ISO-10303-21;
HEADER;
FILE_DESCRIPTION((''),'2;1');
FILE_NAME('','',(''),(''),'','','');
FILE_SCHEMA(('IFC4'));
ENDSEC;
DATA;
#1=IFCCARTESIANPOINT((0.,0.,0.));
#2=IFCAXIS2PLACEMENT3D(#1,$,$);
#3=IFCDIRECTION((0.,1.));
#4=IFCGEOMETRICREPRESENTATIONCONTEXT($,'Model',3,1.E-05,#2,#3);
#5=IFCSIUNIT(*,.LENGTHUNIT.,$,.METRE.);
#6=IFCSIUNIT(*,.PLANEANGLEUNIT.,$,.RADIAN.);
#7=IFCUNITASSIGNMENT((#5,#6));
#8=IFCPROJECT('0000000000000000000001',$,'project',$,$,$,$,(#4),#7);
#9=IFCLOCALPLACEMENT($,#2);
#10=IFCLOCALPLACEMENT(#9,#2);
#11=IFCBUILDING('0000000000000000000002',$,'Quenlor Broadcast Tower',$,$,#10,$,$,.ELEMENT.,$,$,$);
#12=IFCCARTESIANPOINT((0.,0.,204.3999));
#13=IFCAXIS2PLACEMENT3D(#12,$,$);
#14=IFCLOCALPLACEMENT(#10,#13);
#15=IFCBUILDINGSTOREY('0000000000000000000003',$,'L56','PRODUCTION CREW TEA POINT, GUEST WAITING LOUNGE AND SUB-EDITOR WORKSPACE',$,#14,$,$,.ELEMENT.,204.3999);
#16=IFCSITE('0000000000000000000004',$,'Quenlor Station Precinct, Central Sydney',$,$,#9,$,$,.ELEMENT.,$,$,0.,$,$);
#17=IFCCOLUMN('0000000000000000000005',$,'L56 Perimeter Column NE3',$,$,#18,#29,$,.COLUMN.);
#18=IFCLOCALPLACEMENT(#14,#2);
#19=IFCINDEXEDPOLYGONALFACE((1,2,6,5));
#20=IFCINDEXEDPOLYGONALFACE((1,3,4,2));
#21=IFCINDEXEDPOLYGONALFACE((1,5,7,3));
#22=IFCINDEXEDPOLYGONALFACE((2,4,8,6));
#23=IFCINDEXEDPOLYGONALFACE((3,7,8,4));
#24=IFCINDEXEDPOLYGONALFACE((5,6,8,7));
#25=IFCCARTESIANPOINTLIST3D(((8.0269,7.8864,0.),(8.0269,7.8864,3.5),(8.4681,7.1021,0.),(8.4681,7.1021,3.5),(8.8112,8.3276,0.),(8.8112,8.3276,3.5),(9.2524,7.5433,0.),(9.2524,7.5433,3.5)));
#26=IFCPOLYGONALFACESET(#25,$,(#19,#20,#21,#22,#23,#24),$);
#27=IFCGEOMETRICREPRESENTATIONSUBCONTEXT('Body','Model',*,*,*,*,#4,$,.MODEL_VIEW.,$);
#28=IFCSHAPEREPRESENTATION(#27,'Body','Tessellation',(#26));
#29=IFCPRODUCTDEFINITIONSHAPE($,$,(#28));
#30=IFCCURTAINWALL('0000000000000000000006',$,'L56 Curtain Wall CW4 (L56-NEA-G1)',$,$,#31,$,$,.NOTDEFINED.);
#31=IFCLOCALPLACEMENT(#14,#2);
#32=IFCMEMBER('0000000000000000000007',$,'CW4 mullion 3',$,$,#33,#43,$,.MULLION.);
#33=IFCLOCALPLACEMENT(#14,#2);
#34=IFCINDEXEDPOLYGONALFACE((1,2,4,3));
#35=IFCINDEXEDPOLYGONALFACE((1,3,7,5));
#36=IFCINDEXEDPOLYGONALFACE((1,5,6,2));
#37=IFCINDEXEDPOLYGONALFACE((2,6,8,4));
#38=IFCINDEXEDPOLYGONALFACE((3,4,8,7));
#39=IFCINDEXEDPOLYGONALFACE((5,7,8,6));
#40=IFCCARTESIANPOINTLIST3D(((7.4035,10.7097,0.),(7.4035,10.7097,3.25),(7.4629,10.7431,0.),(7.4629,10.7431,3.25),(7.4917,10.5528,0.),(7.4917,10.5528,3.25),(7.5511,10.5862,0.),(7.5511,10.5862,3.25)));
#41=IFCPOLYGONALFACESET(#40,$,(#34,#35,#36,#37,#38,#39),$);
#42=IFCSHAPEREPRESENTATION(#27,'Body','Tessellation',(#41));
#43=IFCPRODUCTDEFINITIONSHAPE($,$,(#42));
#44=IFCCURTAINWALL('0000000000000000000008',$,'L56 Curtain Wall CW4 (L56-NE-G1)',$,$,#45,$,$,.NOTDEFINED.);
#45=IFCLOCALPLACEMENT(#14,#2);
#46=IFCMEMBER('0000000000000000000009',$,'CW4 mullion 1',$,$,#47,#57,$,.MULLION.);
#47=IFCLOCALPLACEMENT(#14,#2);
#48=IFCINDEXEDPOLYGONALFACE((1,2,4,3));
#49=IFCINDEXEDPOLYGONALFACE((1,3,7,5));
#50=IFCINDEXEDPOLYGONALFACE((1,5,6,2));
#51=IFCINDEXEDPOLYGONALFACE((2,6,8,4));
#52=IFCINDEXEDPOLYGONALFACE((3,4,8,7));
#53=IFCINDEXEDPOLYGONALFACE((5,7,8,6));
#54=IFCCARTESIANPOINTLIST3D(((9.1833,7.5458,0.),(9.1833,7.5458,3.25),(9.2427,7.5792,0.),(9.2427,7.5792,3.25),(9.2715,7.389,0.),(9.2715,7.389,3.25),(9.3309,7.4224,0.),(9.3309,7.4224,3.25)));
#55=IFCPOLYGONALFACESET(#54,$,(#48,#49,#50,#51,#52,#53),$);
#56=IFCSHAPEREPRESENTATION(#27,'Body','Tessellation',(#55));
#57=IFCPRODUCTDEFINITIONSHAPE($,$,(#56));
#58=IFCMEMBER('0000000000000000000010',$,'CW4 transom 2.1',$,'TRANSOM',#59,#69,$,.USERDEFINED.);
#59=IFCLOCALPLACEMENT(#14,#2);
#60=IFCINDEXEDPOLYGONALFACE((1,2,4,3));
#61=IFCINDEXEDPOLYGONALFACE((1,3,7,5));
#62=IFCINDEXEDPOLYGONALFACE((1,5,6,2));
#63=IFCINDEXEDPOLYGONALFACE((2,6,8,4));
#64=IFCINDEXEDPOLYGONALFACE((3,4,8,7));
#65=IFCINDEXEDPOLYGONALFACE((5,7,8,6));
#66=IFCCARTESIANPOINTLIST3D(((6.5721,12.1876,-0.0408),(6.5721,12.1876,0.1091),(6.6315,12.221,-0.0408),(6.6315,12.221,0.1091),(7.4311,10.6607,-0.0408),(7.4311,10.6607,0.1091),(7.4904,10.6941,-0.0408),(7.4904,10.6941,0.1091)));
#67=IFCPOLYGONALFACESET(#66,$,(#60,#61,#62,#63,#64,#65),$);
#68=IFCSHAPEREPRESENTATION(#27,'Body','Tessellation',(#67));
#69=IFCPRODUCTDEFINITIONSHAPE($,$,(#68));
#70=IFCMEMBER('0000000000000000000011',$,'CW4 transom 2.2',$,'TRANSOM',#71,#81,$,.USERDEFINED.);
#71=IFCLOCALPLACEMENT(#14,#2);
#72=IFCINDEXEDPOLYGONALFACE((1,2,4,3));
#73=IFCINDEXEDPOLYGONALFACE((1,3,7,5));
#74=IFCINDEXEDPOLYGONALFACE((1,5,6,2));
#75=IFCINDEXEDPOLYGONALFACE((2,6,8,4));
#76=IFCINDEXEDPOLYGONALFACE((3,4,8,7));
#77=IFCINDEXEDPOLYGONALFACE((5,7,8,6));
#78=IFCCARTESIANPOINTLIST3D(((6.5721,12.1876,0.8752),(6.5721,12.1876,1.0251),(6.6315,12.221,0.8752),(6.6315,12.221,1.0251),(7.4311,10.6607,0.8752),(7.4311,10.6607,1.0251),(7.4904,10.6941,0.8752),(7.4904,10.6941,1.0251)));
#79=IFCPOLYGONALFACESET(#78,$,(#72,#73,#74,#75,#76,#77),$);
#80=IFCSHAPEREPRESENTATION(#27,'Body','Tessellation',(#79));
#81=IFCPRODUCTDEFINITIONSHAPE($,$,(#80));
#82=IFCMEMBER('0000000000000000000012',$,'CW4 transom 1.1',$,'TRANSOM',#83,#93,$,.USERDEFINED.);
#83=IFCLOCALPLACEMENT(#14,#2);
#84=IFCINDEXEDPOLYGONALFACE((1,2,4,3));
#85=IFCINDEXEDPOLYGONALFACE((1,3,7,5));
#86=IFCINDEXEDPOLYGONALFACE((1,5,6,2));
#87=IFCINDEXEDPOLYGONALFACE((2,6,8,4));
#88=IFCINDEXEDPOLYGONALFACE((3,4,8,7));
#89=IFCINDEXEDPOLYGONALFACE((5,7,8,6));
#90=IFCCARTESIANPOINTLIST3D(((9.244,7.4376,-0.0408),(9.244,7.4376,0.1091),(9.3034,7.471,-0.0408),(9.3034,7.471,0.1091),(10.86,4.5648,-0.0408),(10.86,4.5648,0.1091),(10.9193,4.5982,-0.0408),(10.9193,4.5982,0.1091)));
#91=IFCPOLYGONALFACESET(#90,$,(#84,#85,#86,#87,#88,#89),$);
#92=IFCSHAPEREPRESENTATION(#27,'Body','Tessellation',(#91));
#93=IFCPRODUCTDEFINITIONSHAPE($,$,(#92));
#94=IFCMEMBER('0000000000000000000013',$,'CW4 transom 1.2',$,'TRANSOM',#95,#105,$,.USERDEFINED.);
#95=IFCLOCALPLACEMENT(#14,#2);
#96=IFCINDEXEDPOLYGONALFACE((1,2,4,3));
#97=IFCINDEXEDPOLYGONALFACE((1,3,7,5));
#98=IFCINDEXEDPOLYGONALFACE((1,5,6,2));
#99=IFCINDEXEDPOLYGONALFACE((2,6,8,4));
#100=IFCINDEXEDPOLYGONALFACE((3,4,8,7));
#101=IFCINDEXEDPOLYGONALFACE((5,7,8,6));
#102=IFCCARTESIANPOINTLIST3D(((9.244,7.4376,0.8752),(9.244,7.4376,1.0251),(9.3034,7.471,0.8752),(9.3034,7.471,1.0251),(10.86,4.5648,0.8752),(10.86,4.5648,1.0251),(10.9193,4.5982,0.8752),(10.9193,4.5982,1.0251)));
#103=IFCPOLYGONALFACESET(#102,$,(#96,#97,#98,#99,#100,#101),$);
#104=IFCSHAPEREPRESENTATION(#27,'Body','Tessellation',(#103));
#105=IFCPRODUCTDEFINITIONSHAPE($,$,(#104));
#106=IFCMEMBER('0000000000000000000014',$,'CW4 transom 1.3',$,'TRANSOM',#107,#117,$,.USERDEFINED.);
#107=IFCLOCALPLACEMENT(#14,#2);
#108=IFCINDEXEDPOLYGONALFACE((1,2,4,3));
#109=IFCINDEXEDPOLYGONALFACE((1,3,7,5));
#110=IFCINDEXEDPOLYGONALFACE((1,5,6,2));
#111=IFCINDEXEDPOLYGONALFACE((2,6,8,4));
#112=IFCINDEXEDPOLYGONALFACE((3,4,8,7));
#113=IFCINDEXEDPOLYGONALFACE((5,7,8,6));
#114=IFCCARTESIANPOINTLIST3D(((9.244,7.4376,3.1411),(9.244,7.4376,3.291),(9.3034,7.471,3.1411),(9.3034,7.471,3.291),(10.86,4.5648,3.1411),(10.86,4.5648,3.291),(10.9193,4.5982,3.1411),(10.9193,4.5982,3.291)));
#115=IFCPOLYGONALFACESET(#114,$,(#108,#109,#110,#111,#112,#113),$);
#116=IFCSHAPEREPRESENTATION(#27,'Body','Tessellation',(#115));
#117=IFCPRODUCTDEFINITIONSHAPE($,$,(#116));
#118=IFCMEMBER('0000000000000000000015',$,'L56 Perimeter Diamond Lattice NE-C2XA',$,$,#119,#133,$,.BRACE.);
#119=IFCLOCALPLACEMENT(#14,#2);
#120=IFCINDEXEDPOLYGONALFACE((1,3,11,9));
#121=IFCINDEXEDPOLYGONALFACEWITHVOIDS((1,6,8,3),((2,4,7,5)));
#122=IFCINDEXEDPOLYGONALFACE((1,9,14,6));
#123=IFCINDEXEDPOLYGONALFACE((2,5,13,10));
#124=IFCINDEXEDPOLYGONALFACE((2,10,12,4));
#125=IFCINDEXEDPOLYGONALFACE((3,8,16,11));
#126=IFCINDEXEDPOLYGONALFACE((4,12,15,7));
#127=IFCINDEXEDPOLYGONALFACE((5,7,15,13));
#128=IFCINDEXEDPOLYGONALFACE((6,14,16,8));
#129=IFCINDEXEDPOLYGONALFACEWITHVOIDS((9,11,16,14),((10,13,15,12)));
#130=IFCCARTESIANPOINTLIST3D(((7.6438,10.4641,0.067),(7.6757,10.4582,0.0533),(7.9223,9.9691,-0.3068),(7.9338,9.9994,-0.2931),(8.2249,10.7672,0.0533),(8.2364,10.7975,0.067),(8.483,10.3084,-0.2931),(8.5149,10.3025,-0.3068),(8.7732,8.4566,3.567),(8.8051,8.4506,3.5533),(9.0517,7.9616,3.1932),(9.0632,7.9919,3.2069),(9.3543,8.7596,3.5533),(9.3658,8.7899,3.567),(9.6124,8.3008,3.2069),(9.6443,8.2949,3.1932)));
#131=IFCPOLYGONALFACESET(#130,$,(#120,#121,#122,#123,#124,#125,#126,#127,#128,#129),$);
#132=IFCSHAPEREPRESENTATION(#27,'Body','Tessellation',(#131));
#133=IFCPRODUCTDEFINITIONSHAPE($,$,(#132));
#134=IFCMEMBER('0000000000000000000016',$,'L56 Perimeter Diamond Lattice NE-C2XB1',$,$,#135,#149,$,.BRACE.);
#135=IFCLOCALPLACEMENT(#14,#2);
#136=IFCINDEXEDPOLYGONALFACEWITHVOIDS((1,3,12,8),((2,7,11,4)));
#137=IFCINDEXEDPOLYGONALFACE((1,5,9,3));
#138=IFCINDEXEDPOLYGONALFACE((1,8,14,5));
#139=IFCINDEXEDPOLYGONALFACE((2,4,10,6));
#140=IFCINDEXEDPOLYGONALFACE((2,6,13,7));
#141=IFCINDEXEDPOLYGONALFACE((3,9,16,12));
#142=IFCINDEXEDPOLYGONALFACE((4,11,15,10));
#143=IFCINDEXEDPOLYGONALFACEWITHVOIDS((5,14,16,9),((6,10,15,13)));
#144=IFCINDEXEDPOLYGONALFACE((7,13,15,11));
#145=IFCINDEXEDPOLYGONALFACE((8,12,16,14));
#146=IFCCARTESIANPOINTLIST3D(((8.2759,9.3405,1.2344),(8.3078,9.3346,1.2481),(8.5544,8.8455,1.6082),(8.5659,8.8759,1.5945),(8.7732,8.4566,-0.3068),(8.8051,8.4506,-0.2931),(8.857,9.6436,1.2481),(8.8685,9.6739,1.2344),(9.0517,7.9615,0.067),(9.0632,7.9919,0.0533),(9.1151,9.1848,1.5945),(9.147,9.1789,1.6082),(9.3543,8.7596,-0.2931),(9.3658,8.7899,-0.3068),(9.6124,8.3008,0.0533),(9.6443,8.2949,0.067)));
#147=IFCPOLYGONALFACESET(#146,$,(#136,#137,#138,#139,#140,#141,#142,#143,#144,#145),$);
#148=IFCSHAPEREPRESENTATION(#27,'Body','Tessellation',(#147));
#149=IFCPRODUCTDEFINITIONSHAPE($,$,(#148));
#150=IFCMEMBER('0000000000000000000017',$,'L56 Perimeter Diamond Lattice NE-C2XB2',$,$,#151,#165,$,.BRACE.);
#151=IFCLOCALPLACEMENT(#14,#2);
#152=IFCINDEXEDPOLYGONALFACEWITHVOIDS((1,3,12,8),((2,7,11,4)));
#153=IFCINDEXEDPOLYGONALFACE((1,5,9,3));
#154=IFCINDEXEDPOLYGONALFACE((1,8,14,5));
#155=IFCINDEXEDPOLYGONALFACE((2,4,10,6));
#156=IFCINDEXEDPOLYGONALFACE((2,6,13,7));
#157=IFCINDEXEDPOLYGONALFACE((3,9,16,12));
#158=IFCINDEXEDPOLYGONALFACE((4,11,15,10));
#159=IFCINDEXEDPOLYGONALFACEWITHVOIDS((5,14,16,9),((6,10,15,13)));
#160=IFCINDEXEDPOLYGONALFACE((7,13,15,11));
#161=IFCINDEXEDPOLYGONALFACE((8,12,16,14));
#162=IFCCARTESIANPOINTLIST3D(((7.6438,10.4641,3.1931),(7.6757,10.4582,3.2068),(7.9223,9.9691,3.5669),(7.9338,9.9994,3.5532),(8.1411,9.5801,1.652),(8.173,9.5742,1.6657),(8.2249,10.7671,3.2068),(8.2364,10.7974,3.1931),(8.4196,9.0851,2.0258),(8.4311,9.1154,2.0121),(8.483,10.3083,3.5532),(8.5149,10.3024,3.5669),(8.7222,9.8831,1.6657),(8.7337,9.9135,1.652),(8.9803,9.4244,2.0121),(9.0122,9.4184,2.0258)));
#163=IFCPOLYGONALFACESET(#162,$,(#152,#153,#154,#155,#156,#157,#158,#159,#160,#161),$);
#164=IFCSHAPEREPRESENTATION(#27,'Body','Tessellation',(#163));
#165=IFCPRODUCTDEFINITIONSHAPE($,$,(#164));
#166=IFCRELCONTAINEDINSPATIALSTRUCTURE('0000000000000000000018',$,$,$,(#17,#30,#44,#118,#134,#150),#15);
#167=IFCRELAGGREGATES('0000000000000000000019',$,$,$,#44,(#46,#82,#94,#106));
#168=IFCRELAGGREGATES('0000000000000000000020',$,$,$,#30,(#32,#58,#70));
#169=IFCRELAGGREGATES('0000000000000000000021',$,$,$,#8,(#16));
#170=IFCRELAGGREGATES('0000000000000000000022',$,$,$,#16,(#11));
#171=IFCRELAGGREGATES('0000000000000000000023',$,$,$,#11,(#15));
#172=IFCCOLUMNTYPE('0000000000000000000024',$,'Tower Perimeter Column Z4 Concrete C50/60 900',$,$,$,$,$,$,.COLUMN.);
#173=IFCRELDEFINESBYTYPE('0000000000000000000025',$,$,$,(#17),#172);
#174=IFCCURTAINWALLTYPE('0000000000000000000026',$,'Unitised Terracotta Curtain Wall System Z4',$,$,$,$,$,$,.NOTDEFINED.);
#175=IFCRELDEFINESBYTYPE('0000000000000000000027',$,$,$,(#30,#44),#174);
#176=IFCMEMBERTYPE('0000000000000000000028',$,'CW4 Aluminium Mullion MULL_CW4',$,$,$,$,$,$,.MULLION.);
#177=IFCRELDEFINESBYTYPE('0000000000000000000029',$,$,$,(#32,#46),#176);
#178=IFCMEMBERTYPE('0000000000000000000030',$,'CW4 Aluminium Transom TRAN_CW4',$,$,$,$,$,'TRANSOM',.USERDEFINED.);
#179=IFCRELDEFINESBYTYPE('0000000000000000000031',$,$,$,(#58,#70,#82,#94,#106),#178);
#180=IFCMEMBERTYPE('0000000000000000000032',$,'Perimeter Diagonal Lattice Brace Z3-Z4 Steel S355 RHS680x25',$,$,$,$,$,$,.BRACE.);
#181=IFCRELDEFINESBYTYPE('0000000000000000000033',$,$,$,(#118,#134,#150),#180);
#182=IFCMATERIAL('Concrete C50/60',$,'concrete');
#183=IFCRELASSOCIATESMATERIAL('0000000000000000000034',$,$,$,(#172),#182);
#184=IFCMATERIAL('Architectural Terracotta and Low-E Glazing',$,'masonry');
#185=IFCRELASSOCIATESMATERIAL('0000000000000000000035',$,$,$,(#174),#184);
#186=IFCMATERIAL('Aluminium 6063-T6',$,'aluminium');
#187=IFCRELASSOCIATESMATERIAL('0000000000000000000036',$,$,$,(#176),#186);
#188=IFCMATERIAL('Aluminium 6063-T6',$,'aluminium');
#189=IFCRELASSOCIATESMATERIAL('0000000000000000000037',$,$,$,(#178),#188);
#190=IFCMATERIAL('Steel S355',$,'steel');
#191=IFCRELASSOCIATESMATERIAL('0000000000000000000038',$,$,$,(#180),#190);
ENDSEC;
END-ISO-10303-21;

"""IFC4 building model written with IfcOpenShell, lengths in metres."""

from ifc_helpers import new_model, si_unit, direction, frame, origin, origin_2d, place, context, subcontext, project, spatial, rectangle, hollow_rectangle, extrude, material, material_profile, profile_set, type_object, element, aggregate, save


model = new_model("IFC4")

# Units and contexts
model_context = context("Model", 3, precision=1e-05, world=origin(), true_north=direction((0.0, 1.0)))
body_context = subcontext(model_context, "Body", "Model", "MODEL_VIEW")
ifc_project = project(units=[si_unit("LENGTHUNIT", "METRE"), si_unit("PLANEANGLEUNIT", "RADIAN")], contexts=[model_context])

# Site, building, storey
site_placement = place(None, origin())
site = spatial("IfcSite", under=ifc_project, at=site_placement, Name="Quenlor Station Precinct, Central Sydney", CompositionType="ELEMENT", RefElevation=0.0)
building_placement = place(site_placement, origin())
building = spatial("IfcBuilding", under=site, at=building_placement, Name="Quenlor Broadcast Tower", CompositionType="ELEMENT")
storey_placement = place(building_placement, frame((0.0, 0.0, 204.3999)))
storey = spatial("IfcBuildingStorey", under=building, at=storey_placement, Name="L56", Description="PRODUCTION CREW TEA POINT, GUEST WAITING LOUNGE AND SUB-EDITOR WORKSPACE", CompositionType="ELEMENT", Elevation=204.3999)

# Column
ifc_material_1 = material(Name="Concrete C50/60", Category="concrete")
ifc_material_profile_1 = material_profile(ifc_material_1, rectangle(XDim=0.8999, YDim=0.8999, at=origin_2d()))
ifc_profile_set_1 = profile_set([ifc_material_profile_1], Name="Concrete C50/60 RC900x900")
column_type = type_object("IfcColumnType", Name="Tower Perimeter Column Z4 Concrete C50/60 900", PredefinedType="COLUMN", material=ifc_profile_set_1)
column_placement = place(storey_placement, frame((8.6396, 7.7148, 0.0), z_axis=(0.0, 0.0, 1.0), x_axis=(0.871575, 0.490262, 0.0)))
element("IfcColumn", 1, at=column_placement, inside=storey, type_object=column_type, Name="L56 Perimeter Column NE3", PredefinedType="COLUMN", context=body_context, shape_type="SweptSolid", body=[
    extrude(rectangle(XDim=0.8999, YDim=0.8999, at=origin_2d()), origin(), (0.0, 0.0, 1.0), 3.5),
])

# Curtain walls, members
ifc_material_2 = material(Name="Architectural Terracotta and Low-E Glazing", Category="masonry")
curtain_wall_type = type_object("IfcCurtainWallType", Name="Unitised Terracotta Curtain Wall System Z4", PredefinedType="NOTDEFINED", material=ifc_material_2)
curtain_wall_1_placement = place(storey_placement, origin())
curtain_wall_1 = element("IfcCurtainWall", 2, at=curtain_wall_1_placement, inside=storey, type_object=curtain_wall_type, Name="L56 Curtain Wall CW4 (L56-NEA-G1)", PredefinedType="NOTDEFINED")
ifc_material_3 = material(Name="Aluminium 6063-T6", Category="aluminium")
ifc_material_profile_2 = material_profile(ifc_material_3, rectangle(XDim=0.0681, YDim=0.1799, at=origin_2d()))
ifc_profile_set_2 = profile_set([ifc_material_profile_2], Name="Aluminium 6063-T6 MULL68x180")
member_type_1 = type_object("IfcMemberType", Name="CW4 Aluminium Mullion MULL_CW4", PredefinedType="MULLION", material=ifc_profile_set_2)
member_1_placement = place(storey_placement, frame((7.4773, 10.6479, 0.0), z_axis=(0.0, 0.0, 1.0), x_axis=(0.871576, 0.49026, 0.0)))
member_1 = element("IfcMember", 3, at=member_1_placement, type_object=member_type_1, Name="CW4 mullion 3", PredefinedType="MULLION", context=body_context, shape_type="SweptSolid", body=[
    extrude(rectangle(XDim=0.0681, YDim=0.1799, at=origin_2d()), origin(), (0.0, 0.0, 1.0), 3.25),
])
curtain_wall_2_placement = place(storey_placement, origin())
curtain_wall_2 = element("IfcCurtainWall", 4, at=curtain_wall_2_placement, inside=storey, type_object=curtain_wall_type, Name="L56 Curtain Wall CW4 (L56-NE-G1)", PredefinedType="NOTDEFINED")
member_2_placement = place(storey_placement, frame((9.2571, 7.4841, 0.0), z_axis=(0.0, 0.0, 1.0), x_axis=(0.871578, 0.490257, 0.0)))
member_2 = element("IfcMember", 5, at=member_2_placement, type_object=member_type_1, Name="CW4 mullion 1", PredefinedType="MULLION", context=body_context, shape_type="SweptSolid", body=[
    extrude(rectangle(XDim=0.0681, YDim=0.1799, at=origin_2d()), origin(), (0.0, 0.0, 1.0), 3.25),
])

# Members
ifc_material_4 = material(Name="Aluminium 6063-T6", Category="aluminium")
ifc_material_profile_3 = material_profile(ifc_material_4, rectangle(XDim=0.0681, YDim=0.1499, at=origin_2d()))
ifc_profile_set_3 = profile_set([ifc_material_profile_3], Name="Aluminium 6063-T6 TRAN68x150")
member_type_2 = type_object("IfcMemberType", Name="CW4 Aluminium Transom TRAN_CW4", ElementType="TRANSOM", PredefinedType="USERDEFINED", material=ifc_profile_set_3)
member_3_placement = place(storey_placement, frame((6.6018, 12.2043, 0.0342), z_axis=(0.490274, -0.871568, 0.0), x_axis=(0.871568, 0.490274, 0.0)))
member_3 = element("IfcMember", 6, at=member_3_placement, type_object=member_type_2, Name="CW4 transom 2.1", ObjectType="TRANSOM", PredefinedType="USERDEFINED", context=body_context, shape_type="SweptSolid", body=[
    extrude(rectangle(XDim=0.0681, YDim=0.1499, at=origin_2d()), origin(), (0.0, 0.0, 1.0), 1.752),
])
member_4_placement = place(storey_placement, frame((6.6018, 12.2043, 0.9502), z_axis=(0.490274, -0.871568, 0.0), x_axis=(0.871568, 0.490274, 0.0)))
member_4 = element("IfcMember", 7, at=member_4_placement, type_object=member_type_2, Name="CW4 transom 2.2", ObjectType="TRANSOM", PredefinedType="USERDEFINED", context=body_context, shape_type="SweptSolid", body=[
    extrude(rectangle(XDim=0.0681, YDim=0.1499, at=origin_2d()), origin(), (0.0, 0.0, 1.0), 1.752),
])
member_5_placement = place(storey_placement, frame((9.2737, 7.4543, 0.0342), z_axis=(0.490265, -0.871574, 0.0), x_axis=(0.871574, 0.490265, 0.0)))
member_5 = element("IfcMember", 8, at=member_5_placement, type_object=member_type_2, Name="CW4 transom 1.1", ObjectType="TRANSOM", PredefinedType="USERDEFINED", context=body_context, shape_type="SweptSolid", body=[
    extrude(rectangle(XDim=0.0681, YDim=0.1499, at=origin_2d()), origin(), (0.0, 0.0, 1.0), 3.2961),
])
member_6_placement = place(storey_placement, frame((9.2737, 7.4543, 0.9502), z_axis=(0.490265, -0.871574, 0.0), x_axis=(0.871574, 0.490265, 0.0)))
member_6 = element("IfcMember", 9, at=member_6_placement, type_object=member_type_2, Name="CW4 transom 1.2", ObjectType="TRANSOM", PredefinedType="USERDEFINED", context=body_context, shape_type="SweptSolid", body=[
    extrude(rectangle(XDim=0.0681, YDim=0.1499, at=origin_2d()), origin(), (0.0, 0.0, 1.0), 3.2961),
])
member_7_placement = place(storey_placement, frame((9.2737, 7.4543, 3.2161), z_axis=(0.490265, -0.871574, 0.0), x_axis=(0.871574, 0.490265, 0.0)))
member_7 = element("IfcMember", 10, at=member_7_placement, type_object=member_type_2, Name="CW4 transom 1.3", ObjectType="TRANSOM", PredefinedType="USERDEFINED", context=body_context, shape_type="SweptSolid", body=[
    extrude(rectangle(XDim=0.0681, YDim=0.1499, at=origin_2d()), origin(), (0.0, 0.0, 1.0), 3.2961),
])
aggregate(curtain_wall_2, [member_2, member_5, member_6, member_7])

# Members
ifc_material_5 = material(Name="Steel S355", Category="steel")
ifc_material_profile_4 = material_profile(ifc_material_5, hollow_rectangle(XDim=0.6799, YDim=0.6799, WallThickness=0.0249, at=origin_2d()))
ifc_profile_set_4 = profile_set([ifc_material_profile_4], Name="Steel S355 RHS680x680x25")
member_type_3 = type_object("IfcMemberType", Name="Perimeter Diagonal Lattice Brace Z3-Z4 Steel S355 RHS680x25", PredefinedType="BRACE", material=ifc_profile_set_4)
member_8_placement = place(storey_placement, frame((8.0793, 10.3833, -0.1199), z_axis=(0.269547, -0.479136, 0.835328), x_axis=(0.87155, 0.490307, 0.0)))
element("IfcMember", 11, at=member_8_placement, inside=storey, type_object=member_type_3, Name="L56 Perimeter Diamond Lattice NE-C2XA", PredefinedType="BRACE", context=body_context, shape_type="SweptSolid", body=[
    extrude(hollow_rectangle(XDim=0.6799, YDim=0.6799, WallThickness=0.0249, at=origin_2d()), origin(), (0.0, 0.0, 1.0), 4.1899),
])
for number, where, z_axis, x_axis, name in (
    (12, (9.2087, 8.3757, -0.1199), (-0.269536, 0.47913, 0.835335), (-0.871556, -0.490296, 0.0), "L56 Perimeter Diamond Lattice NE-C2XB1"),
    (13, (8.5767, 9.4993, 1.8389), (-0.269536, 0.47913, 0.835335), (-0.871556, -0.490296, 0.0), "L56 Perimeter Diamond Lattice NE-C2XB2"),
):
    element("IfcMember", number, at=place(storey_placement, frame(where, z_axis=z_axis, x_axis=x_axis)), inside=storey, type_object=member_type_3, Name=name, PredefinedType="BRACE", context=body_context, shape_type="SweptSolid", body=[
        extrude(hollow_rectangle(XDim=0.6799, YDim=0.6799, WallThickness=0.0249, at=origin_2d()), origin(), (0.0, 0.0, 1.0), 1.845),
    ])

aggregate(curtain_wall_1, [member_1, member_3, member_4])

save(model, "model.ifc")
